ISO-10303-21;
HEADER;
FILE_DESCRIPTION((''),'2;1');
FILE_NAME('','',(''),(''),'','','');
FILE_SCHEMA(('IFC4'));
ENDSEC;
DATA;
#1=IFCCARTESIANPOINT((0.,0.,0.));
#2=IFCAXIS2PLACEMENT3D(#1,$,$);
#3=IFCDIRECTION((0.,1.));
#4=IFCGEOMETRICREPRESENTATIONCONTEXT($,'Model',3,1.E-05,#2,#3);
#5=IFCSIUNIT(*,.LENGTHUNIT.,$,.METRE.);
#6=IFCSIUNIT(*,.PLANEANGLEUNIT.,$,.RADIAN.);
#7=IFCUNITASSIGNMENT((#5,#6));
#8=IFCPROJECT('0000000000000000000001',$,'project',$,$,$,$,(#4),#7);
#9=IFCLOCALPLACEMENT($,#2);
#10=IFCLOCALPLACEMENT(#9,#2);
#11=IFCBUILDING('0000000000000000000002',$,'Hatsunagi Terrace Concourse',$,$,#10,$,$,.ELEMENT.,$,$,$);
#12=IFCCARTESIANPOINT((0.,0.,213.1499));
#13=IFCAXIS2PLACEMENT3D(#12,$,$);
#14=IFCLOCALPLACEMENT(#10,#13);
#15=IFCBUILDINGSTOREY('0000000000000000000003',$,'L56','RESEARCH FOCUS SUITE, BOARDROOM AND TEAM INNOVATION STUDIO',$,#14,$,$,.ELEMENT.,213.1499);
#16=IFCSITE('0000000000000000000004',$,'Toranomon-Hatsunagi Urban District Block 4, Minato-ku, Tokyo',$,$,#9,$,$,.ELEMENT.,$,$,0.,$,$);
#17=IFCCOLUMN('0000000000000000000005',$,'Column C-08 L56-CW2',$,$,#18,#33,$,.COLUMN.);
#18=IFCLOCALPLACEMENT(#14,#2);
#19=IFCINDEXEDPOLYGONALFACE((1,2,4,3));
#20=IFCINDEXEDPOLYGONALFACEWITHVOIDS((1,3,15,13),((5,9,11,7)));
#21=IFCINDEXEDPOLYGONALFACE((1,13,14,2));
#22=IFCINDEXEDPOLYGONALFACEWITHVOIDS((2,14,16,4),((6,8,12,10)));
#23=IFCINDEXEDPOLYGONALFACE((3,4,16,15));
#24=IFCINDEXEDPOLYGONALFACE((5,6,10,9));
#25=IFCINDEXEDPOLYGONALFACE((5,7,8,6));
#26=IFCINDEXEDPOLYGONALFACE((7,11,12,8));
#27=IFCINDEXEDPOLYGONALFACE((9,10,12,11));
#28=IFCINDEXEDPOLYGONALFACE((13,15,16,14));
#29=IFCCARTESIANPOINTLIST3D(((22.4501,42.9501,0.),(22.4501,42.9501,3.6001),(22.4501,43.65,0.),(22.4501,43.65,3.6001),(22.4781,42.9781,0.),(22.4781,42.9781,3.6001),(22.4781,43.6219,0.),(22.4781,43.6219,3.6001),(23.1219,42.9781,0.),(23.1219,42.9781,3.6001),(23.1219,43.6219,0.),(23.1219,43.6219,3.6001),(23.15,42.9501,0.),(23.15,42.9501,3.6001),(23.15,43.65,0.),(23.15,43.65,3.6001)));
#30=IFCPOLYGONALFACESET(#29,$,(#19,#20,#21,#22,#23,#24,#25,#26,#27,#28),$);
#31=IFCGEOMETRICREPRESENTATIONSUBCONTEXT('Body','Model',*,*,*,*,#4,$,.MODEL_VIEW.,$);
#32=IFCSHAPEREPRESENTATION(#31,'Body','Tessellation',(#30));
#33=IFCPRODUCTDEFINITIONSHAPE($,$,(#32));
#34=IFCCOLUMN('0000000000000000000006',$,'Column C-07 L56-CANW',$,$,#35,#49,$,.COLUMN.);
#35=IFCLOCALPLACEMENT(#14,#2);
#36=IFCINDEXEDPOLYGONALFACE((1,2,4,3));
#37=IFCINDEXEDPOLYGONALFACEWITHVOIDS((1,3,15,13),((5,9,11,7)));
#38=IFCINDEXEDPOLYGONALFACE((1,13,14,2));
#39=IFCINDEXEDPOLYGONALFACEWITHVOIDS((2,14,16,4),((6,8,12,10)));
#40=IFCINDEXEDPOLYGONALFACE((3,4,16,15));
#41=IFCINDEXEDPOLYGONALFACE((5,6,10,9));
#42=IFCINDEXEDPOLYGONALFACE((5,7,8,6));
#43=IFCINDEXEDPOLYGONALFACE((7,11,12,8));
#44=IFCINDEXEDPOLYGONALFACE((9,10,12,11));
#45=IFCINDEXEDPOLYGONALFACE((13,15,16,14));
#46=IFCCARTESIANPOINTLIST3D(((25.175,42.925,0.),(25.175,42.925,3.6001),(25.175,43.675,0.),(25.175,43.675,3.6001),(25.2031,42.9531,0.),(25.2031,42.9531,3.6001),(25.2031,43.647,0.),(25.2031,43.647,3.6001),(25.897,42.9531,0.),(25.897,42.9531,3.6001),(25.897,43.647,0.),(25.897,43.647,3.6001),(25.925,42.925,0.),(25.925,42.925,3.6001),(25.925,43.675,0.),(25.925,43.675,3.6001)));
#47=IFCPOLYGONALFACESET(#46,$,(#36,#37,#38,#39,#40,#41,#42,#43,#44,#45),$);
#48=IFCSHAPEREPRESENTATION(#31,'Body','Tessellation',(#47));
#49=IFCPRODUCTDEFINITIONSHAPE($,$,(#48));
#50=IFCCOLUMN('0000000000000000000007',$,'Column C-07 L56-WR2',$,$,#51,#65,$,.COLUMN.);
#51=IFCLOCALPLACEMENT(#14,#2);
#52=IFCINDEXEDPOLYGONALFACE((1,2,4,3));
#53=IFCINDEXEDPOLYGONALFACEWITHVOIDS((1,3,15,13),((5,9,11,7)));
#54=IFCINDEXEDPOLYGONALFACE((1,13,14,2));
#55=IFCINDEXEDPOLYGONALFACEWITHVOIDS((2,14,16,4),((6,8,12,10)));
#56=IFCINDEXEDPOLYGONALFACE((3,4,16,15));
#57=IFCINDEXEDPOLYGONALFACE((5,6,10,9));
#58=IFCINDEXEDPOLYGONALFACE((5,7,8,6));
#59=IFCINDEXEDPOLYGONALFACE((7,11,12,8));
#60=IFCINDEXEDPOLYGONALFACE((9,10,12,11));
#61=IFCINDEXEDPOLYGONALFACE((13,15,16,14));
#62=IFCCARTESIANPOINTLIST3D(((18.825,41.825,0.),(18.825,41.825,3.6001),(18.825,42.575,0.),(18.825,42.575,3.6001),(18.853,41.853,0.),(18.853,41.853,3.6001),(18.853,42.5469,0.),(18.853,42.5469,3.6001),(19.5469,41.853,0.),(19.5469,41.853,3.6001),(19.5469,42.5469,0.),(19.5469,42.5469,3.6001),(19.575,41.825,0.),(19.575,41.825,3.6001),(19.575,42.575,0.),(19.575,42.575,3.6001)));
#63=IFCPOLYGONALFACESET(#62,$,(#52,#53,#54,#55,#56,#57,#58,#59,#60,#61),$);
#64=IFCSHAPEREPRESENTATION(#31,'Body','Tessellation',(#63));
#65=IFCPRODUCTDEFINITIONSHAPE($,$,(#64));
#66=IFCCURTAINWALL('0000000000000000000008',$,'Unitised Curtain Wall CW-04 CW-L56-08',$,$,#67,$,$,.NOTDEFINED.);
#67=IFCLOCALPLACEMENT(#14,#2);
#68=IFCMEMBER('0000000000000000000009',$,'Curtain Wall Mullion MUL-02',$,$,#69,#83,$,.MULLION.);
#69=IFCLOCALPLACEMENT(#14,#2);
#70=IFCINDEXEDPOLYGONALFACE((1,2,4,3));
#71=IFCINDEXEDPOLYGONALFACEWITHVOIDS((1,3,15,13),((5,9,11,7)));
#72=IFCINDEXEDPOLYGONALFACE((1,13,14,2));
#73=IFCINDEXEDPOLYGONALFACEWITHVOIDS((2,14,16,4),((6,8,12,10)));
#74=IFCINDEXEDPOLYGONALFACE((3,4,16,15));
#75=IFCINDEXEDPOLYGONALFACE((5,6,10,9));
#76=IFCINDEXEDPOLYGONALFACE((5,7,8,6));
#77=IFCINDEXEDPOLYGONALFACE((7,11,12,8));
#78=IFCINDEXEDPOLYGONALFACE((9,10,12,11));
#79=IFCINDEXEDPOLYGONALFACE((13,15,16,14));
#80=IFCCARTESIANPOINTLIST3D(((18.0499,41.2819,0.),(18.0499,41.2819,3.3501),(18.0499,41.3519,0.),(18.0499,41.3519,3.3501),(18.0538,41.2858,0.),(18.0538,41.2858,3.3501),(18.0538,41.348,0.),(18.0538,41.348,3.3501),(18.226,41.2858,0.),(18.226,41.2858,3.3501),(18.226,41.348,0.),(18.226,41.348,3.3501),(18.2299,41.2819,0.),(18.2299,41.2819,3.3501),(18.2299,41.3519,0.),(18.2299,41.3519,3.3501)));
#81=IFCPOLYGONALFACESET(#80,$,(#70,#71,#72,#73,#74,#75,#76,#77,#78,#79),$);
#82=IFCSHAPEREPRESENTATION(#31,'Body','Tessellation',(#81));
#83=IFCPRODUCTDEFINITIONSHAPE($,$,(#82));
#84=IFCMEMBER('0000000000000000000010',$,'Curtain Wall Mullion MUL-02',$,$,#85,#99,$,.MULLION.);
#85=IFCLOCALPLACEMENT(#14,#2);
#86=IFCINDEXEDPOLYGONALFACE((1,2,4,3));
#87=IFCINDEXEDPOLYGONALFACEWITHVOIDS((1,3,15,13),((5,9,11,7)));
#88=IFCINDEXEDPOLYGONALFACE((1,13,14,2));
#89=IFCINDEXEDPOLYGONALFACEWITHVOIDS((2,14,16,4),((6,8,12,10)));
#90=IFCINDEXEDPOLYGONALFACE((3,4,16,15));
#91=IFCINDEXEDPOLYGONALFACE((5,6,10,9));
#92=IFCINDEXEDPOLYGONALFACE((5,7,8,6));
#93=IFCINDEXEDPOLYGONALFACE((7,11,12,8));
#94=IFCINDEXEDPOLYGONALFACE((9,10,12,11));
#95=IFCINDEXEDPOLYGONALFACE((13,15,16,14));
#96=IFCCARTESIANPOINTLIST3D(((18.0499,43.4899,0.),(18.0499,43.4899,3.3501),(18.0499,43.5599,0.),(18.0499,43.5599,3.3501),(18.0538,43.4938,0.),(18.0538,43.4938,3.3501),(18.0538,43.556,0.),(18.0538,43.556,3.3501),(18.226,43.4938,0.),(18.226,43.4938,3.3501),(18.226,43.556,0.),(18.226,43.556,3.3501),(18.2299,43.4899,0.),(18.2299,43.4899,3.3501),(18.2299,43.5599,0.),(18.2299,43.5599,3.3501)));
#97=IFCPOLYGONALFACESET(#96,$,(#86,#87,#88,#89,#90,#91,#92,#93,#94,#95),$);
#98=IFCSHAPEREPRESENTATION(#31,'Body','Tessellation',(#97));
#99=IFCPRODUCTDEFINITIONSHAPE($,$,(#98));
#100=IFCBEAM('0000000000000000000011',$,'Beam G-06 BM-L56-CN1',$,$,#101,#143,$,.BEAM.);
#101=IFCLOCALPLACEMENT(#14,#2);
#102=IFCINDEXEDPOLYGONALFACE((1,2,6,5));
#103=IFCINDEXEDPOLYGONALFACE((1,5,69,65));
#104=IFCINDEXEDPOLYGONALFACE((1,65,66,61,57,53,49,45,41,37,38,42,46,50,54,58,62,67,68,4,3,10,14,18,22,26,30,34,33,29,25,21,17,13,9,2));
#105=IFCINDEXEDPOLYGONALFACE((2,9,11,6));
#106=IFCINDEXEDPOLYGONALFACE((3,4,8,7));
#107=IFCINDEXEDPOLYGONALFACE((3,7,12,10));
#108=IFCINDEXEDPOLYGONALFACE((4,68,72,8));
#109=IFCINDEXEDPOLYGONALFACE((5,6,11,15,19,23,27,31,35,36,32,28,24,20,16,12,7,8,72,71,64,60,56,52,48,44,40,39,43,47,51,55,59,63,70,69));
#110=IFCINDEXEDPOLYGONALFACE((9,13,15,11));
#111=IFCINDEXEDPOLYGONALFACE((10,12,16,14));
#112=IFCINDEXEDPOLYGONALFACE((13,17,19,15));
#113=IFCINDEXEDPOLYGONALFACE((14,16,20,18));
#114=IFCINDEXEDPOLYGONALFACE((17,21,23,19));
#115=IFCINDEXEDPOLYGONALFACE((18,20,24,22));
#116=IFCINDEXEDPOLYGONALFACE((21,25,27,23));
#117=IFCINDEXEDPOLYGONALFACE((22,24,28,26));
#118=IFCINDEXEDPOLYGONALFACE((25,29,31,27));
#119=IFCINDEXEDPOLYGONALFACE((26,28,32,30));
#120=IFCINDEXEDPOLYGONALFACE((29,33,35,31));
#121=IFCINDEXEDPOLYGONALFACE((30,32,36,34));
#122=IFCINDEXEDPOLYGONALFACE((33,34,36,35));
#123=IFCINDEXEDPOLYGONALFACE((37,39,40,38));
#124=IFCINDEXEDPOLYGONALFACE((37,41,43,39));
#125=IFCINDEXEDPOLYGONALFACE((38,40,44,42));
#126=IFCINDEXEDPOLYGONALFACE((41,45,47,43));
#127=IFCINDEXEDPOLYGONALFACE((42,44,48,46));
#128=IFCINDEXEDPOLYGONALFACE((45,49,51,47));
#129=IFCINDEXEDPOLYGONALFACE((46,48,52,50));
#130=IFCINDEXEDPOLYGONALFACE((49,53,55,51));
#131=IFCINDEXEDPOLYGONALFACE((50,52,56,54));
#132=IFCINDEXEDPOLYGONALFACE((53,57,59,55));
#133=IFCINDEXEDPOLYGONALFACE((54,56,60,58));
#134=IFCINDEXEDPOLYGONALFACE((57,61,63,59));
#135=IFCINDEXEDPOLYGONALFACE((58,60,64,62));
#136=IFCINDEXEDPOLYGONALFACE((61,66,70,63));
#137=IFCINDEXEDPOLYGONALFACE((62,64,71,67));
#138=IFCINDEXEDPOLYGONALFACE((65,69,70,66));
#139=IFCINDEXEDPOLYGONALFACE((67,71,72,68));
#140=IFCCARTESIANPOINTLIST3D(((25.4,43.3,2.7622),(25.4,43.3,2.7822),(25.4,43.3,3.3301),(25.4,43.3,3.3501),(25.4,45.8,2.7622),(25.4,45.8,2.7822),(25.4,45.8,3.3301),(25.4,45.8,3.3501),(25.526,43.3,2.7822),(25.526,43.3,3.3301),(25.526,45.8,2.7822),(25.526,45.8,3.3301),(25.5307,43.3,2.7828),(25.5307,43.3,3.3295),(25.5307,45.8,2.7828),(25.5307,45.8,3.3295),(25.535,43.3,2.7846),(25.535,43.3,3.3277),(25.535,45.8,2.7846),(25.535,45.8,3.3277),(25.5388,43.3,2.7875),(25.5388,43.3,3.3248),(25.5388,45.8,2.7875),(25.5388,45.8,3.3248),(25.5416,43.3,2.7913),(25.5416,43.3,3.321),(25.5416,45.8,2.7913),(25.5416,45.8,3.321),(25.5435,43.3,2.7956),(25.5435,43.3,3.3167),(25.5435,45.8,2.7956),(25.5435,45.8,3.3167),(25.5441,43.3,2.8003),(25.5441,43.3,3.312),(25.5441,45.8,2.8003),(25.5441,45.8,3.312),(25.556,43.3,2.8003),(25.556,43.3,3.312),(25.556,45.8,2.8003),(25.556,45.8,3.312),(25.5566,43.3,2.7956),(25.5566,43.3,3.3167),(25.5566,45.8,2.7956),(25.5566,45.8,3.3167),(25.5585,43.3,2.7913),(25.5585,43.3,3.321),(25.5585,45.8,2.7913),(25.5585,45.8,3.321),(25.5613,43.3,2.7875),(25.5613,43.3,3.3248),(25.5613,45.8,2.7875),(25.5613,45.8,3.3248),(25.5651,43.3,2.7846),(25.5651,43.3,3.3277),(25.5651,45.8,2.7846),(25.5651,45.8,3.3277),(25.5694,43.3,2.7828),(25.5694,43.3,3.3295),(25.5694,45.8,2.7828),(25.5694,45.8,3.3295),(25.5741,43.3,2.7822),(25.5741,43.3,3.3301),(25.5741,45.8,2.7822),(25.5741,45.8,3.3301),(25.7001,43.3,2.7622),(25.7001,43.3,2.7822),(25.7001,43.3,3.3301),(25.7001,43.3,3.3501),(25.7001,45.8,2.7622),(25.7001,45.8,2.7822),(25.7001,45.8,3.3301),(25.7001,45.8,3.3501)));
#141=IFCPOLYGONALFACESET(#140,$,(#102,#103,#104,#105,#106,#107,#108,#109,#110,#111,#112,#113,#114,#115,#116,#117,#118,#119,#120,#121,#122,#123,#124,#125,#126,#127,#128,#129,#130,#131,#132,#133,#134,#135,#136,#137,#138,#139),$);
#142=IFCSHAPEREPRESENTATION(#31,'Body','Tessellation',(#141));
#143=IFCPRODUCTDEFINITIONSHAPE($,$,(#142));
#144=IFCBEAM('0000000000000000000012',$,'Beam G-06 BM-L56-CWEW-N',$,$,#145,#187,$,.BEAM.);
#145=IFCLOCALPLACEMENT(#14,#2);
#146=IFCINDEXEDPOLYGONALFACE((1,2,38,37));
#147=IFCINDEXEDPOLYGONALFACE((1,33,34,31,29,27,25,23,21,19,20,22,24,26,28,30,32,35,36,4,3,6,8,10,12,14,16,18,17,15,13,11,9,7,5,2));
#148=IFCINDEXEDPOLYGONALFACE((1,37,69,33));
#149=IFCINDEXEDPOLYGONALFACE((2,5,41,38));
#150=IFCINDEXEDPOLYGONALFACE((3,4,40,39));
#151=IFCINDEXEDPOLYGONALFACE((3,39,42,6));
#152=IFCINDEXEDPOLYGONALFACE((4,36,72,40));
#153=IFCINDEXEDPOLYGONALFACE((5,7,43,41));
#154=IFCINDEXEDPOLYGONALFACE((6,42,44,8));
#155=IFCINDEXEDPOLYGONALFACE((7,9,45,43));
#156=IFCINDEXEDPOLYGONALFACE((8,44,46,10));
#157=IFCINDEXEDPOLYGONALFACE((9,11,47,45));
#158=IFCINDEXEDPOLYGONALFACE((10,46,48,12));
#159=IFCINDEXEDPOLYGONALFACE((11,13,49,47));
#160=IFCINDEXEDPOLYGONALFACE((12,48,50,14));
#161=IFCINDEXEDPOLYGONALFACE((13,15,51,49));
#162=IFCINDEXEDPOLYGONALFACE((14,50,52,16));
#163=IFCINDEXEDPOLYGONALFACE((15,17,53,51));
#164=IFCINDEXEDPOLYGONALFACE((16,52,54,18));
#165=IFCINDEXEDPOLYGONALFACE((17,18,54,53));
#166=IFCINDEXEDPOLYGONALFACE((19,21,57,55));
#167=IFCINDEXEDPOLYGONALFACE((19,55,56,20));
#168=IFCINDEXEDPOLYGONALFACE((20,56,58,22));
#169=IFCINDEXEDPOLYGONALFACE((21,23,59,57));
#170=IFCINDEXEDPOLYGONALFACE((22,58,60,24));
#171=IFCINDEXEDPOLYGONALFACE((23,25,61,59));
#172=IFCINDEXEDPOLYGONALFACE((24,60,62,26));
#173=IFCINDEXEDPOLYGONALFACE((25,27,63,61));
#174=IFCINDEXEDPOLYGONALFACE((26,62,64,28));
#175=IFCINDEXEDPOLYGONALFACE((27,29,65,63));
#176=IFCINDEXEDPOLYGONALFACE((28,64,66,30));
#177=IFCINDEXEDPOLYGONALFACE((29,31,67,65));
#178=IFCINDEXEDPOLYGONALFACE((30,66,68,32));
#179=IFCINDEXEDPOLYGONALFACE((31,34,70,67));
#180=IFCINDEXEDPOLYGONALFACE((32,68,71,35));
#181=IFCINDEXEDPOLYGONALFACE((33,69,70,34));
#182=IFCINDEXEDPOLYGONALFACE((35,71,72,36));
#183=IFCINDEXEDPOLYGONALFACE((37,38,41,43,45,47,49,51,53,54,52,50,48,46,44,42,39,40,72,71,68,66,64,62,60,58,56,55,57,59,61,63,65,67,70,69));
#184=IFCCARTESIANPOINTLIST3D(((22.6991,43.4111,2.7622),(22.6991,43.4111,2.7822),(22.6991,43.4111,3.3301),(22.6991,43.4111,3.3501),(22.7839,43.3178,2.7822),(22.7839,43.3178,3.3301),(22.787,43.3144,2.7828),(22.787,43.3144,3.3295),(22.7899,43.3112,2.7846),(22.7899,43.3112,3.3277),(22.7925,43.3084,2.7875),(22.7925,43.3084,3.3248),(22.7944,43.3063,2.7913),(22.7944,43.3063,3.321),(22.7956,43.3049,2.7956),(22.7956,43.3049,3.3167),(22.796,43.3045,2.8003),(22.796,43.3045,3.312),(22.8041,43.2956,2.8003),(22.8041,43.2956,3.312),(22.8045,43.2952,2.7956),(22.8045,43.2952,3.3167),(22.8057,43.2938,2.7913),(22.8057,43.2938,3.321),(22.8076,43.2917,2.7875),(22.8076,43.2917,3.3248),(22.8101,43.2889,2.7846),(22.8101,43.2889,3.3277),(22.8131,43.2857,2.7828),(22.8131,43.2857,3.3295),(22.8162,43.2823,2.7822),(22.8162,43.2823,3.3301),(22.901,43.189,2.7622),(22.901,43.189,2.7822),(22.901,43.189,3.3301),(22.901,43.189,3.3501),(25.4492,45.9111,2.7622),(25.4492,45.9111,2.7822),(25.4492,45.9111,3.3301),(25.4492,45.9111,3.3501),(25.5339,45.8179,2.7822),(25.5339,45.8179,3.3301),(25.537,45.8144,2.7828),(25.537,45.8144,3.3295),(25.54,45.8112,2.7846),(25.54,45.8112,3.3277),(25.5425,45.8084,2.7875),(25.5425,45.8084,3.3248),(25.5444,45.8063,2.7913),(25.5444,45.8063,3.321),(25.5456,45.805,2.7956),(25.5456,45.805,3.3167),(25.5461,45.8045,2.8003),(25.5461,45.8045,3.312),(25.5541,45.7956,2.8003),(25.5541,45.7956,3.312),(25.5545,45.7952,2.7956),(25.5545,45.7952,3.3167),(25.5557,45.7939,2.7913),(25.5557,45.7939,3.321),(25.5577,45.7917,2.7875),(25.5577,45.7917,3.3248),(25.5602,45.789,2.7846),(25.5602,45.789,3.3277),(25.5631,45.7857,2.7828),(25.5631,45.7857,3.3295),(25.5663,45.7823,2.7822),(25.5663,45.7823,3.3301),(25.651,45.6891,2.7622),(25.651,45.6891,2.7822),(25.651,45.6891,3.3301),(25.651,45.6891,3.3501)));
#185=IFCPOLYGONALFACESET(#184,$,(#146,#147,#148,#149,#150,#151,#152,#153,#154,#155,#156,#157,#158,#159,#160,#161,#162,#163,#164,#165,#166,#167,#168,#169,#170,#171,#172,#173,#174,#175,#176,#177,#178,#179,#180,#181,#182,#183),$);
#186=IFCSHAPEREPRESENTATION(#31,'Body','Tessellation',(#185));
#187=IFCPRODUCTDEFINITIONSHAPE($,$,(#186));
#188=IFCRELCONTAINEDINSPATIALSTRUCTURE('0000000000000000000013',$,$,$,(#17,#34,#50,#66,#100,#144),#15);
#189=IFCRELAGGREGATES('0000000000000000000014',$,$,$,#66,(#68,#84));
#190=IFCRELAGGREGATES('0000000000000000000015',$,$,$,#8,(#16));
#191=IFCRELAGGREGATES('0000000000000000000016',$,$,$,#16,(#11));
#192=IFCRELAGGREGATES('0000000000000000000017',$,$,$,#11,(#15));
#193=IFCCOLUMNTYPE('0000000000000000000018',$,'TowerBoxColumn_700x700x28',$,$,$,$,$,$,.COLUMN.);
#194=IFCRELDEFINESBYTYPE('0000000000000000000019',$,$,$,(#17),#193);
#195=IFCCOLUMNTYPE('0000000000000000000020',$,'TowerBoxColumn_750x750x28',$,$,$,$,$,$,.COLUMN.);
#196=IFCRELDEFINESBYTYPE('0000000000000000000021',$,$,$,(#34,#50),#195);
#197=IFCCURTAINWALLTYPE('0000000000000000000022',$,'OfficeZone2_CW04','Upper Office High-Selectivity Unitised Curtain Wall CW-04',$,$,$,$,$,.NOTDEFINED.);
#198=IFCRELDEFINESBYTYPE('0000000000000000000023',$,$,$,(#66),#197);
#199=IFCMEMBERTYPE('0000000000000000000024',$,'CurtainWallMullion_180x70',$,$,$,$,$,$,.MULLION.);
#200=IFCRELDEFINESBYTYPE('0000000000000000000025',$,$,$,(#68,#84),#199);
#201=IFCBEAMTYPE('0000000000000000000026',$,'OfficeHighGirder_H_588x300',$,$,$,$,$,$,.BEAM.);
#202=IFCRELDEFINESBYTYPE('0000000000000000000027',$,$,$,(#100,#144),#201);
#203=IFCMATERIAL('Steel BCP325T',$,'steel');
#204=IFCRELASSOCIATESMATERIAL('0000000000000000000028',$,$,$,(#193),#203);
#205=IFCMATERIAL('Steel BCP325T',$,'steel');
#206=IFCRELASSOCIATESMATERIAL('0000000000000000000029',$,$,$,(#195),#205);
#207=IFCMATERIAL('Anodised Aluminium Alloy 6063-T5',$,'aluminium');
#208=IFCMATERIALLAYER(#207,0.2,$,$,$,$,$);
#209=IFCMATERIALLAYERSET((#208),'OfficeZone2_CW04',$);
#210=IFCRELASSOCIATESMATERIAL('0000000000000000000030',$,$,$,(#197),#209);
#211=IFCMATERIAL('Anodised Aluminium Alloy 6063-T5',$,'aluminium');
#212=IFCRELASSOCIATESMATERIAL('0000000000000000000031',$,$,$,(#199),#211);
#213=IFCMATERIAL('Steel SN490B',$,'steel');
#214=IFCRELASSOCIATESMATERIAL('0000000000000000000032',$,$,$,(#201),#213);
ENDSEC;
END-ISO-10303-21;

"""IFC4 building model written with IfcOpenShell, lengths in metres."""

from ifc_helpers import new_model, si_unit, direction, frame, origin, origin_2d, place, context, subcontext, project, spatial, hollow_rectangle, i_section, extrude, material, layer, layer_set, material_profile, profile_set, type_object, element, aggregate, save


model = new_model("IFC4")

# Units and contexts
model_context = context("Model", 3, precision=1e-05, world=origin(), true_north=direction((0.0, 1.0)))
body_context = subcontext(model_context, "Body", "Model", "MODEL_VIEW")
ifc_project = project(units=[si_unit("LENGTHUNIT", "METRE"), si_unit("PLANEANGLEUNIT", "RADIAN")], contexts=[model_context])

# Site, building, storey
site_placement = place(None, origin())
site = spatial("IfcSite", under=ifc_project, at=site_placement, Name="Toranomon-Hatsunagi Urban District Block 4, Minato-ku, Tokyo", CompositionType="ELEMENT", RefElevation=0.0)
building_placement = place(site_placement, origin())
building = spatial("IfcBuilding", under=site, at=building_placement, Name="Hatsunagi Terrace Concourse", CompositionType="ELEMENT")
storey_placement = place(building_placement, frame((0.0, 0.0, 213.1499)))
storey = spatial("IfcBuildingStorey", under=building, at=storey_placement, Name="L56", Description="RESEARCH FOCUS SUITE, BOARDROOM AND TEAM INNOVATION STUDIO", CompositionType="ELEMENT", Elevation=213.1499)

# Columns
ifc_material_1 = material(Name="Steel BCP325T", Category="steel")
ifc_material_profile_1 = material_profile(ifc_material_1, hollow_rectangle(XDim=0.7, YDim=0.7, WallThickness=0.0281, at=origin_2d()), Name="BCP-700x700x28")
ifc_profile_set_1 = profile_set([ifc_material_profile_1], Name="Steel BCP325T")
column_type_1 = type_object("IfcColumnType", Name="TowerBoxColumn_700x700x28", PredefinedType="COLUMN", material=ifc_profile_set_1)
column_placement = place(storey_placement, frame((22.8, 43.3, 0.0), z_axis=(0.0, 0.0, 1.0), x_axis=(1.0, 0.0, 0.0)))
element("IfcColumn", 1, at=column_placement, inside=storey, type_object=column_type_1, Name="Column C-08 L56-CW2", PredefinedType="COLUMN", context=body_context, shape_type="SweptSolid", body=[
    extrude(hollow_rectangle(XDim=0.7, YDim=0.7, WallThickness=0.0281, at=origin_2d()), origin(), (0.0, 0.0, 1.0), 3.6001),
])
ifc_material_2 = material(Name="Steel BCP325T", Category="steel")
ifc_material_profile_2 = material_profile(ifc_material_2, hollow_rectangle(XDim=0.75, YDim=0.75, WallThickness=0.0281, at=origin_2d()), Name="BCP-750x750x28")
ifc_profile_set_2 = profile_set([ifc_material_profile_2], Name="Steel BCP325T")
column_type_2 = type_object("IfcColumnType", Name="TowerBoxColumn_750x750x28", PredefinedType="COLUMN", material=ifc_profile_set_2)
for number, where, z_axis, x_axis, name in (
    (2, (25.55, 43.3, 0.0), (0.0, 0.0, 1.0), (1.0, 0.0, 0.0), "Column C-07 L56-CANW"),
    (3, (19.2, 42.2, 0.0), (0.0, 0.0, 1.0), (1.0, 0.0, 0.0), "Column C-07 L56-WR2"),
):
    element("IfcColumn", number, at=place(storey_placement, frame(where, z_axis=z_axis, x_axis=x_axis)), inside=storey, type_object=column_type_2, Name=name, PredefinedType="COLUMN", context=body_context, shape_type="SweptSolid", body=[
        extrude(hollow_rectangle(XDim=0.75, YDim=0.75, WallThickness=0.0281, at=origin_2d()), origin(), (0.0, 0.0, 1.0), 3.6001),
    ])

# Curtain wall, members
ifc_material_3 = material(Name="Anodised Aluminium Alloy 6063-T5", Category="aluminium")
ifc_layer_1 = layer(ifc_material_3, 0.2)
ifc_layer_set_1 = layer_set([ifc_layer_1], Name="OfficeZone2_CW04")
curtain_wall_type = type_object("IfcCurtainWallType", Name="OfficeZone2_CW04", Description="Upper Office High-Selectivity Unitised Curtain Wall CW-04", PredefinedType="NOTDEFINED", material=ifc_layer_set_1)
curtain_wall_placement = place(storey_placement, origin())
curtain_wall = element("IfcCurtainWall", 4, at=curtain_wall_placement, inside=storey, type_object=curtain_wall_type, Name="Unitised Curtain Wall CW-04 CW-L56-08", PredefinedType="NOTDEFINED")
ifc_material_4 = material(Name="Anodised Aluminium Alloy 6063-T5", Category="aluminium")
ifc_material_profile_3 = material_profile(ifc_material_4, hollow_rectangle(XDim=0.0701, YDim=0.1799, WallThickness=0.0039, at=origin_2d()), Name="ALU-MUL-180x70x4")
ifc_profile_set_3 = profile_set([ifc_material_profile_3], Name="Anodised Aluminium Alloy 6063-T5")
member_type = type_object("IfcMemberType", Name="CurtainWallMullion_180x70", PredefinedType="MULLION", material=ifc_profile_set_3)
member_1_placement = place(storey_placement, frame((18.1399, 41.3169, 0.0), z_axis=(0.0, 0.0, 1.0), x_axis=(0.0, 1.0, 0.0)))
member_1 = element("IfcMember", 5, at=member_1_placement, type_object=member_type, Name="Curtain Wall Mullion MUL-02", PredefinedType="MULLION", context=body_context, shape_type="SweptSolid", body=[
    extrude(hollow_rectangle(XDim=0.0701, YDim=0.1799, WallThickness=0.0039, at=origin_2d()), origin(), (0.0, 0.0, 1.0), 3.3501),
])
member_2_placement = place(storey_placement, frame((18.1399, 43.5249, 0.0), z_axis=(0.0, 0.0, 1.0), x_axis=(0.0, 1.0, 0.0)))
member_2 = element("IfcMember", 6, at=member_2_placement, type_object=member_type, Name="Curtain Wall Mullion MUL-02", PredefinedType="MULLION", context=body_context, shape_type="SweptSolid", body=[
    extrude(hollow_rectangle(XDim=0.0701, YDim=0.1799, WallThickness=0.0039, at=origin_2d()), origin(), (0.0, 0.0, 1.0), 3.3501),
])

# Beams
ifc_material_5 = material(Name="Steel SN490B", Category="steel")
ifc_material_profile_4 = material_profile(ifc_material_5, i_section(OverallWidth=0.3, OverallDepth=0.5879, WebThickness=0.012, FlangeThickness=0.02, FilletRadius=0.0181, at=origin_2d()), Name="H-588x300x12x20")
ifc_profile_set_4 = profile_set([ifc_material_profile_4], Name="Steel SN490B")
beam_type_1 = type_object("IfcBeamType", Name="OfficeHighGirder_H_588x300", PredefinedType="BEAM", material=ifc_profile_set_4)
beam_1_placement = place(storey_placement, frame((25.55, 43.3, 3.0562), z_axis=(0.0, 1.0, 0.0), x_axis=(-1.0, 0.0, 0.0)))
element("IfcBeam", 7, at=beam_1_placement, inside=storey, type_object=beam_type_1, Name="Beam G-06 BM-L56-CN1", PredefinedType="BEAM", context=body_context, shape_type="SweptSolid", body=[
    extrude(i_section(OverallWidth=0.3, OverallDepth=0.5879, WebThickness=0.012, FlangeThickness=0.02, FilletRadius=0.0181, at=origin_2d()), origin(), (0.0, 0.0, 1.0), 2.5),
])
beam_2_placement = place(storey_placement, frame((22.8, 43.3, 3.0562), z_axis=(0.73994, 0.672673, 0.0), x_axis=(-0.672673, 0.73994, 0.0)))
element("IfcBeam", 8, at=beam_2_placement, inside=storey, type_object=beam_type_1, Name="Beam G-06 BM-L56-CWEW-N", PredefinedType="BEAM", context=body_context, shape_type="SweptSolid", body=[
    extrude(i_section(OverallWidth=0.3, OverallDepth=0.5879, WebThickness=0.012, FlangeThickness=0.02, FilletRadius=0.0181, at=origin_2d()), origin(), (0.0, 0.0, 1.0), 3.7166),
])

aggregate(curtain_wall, [member_1, member_2])

save(model, "model.ifc")
